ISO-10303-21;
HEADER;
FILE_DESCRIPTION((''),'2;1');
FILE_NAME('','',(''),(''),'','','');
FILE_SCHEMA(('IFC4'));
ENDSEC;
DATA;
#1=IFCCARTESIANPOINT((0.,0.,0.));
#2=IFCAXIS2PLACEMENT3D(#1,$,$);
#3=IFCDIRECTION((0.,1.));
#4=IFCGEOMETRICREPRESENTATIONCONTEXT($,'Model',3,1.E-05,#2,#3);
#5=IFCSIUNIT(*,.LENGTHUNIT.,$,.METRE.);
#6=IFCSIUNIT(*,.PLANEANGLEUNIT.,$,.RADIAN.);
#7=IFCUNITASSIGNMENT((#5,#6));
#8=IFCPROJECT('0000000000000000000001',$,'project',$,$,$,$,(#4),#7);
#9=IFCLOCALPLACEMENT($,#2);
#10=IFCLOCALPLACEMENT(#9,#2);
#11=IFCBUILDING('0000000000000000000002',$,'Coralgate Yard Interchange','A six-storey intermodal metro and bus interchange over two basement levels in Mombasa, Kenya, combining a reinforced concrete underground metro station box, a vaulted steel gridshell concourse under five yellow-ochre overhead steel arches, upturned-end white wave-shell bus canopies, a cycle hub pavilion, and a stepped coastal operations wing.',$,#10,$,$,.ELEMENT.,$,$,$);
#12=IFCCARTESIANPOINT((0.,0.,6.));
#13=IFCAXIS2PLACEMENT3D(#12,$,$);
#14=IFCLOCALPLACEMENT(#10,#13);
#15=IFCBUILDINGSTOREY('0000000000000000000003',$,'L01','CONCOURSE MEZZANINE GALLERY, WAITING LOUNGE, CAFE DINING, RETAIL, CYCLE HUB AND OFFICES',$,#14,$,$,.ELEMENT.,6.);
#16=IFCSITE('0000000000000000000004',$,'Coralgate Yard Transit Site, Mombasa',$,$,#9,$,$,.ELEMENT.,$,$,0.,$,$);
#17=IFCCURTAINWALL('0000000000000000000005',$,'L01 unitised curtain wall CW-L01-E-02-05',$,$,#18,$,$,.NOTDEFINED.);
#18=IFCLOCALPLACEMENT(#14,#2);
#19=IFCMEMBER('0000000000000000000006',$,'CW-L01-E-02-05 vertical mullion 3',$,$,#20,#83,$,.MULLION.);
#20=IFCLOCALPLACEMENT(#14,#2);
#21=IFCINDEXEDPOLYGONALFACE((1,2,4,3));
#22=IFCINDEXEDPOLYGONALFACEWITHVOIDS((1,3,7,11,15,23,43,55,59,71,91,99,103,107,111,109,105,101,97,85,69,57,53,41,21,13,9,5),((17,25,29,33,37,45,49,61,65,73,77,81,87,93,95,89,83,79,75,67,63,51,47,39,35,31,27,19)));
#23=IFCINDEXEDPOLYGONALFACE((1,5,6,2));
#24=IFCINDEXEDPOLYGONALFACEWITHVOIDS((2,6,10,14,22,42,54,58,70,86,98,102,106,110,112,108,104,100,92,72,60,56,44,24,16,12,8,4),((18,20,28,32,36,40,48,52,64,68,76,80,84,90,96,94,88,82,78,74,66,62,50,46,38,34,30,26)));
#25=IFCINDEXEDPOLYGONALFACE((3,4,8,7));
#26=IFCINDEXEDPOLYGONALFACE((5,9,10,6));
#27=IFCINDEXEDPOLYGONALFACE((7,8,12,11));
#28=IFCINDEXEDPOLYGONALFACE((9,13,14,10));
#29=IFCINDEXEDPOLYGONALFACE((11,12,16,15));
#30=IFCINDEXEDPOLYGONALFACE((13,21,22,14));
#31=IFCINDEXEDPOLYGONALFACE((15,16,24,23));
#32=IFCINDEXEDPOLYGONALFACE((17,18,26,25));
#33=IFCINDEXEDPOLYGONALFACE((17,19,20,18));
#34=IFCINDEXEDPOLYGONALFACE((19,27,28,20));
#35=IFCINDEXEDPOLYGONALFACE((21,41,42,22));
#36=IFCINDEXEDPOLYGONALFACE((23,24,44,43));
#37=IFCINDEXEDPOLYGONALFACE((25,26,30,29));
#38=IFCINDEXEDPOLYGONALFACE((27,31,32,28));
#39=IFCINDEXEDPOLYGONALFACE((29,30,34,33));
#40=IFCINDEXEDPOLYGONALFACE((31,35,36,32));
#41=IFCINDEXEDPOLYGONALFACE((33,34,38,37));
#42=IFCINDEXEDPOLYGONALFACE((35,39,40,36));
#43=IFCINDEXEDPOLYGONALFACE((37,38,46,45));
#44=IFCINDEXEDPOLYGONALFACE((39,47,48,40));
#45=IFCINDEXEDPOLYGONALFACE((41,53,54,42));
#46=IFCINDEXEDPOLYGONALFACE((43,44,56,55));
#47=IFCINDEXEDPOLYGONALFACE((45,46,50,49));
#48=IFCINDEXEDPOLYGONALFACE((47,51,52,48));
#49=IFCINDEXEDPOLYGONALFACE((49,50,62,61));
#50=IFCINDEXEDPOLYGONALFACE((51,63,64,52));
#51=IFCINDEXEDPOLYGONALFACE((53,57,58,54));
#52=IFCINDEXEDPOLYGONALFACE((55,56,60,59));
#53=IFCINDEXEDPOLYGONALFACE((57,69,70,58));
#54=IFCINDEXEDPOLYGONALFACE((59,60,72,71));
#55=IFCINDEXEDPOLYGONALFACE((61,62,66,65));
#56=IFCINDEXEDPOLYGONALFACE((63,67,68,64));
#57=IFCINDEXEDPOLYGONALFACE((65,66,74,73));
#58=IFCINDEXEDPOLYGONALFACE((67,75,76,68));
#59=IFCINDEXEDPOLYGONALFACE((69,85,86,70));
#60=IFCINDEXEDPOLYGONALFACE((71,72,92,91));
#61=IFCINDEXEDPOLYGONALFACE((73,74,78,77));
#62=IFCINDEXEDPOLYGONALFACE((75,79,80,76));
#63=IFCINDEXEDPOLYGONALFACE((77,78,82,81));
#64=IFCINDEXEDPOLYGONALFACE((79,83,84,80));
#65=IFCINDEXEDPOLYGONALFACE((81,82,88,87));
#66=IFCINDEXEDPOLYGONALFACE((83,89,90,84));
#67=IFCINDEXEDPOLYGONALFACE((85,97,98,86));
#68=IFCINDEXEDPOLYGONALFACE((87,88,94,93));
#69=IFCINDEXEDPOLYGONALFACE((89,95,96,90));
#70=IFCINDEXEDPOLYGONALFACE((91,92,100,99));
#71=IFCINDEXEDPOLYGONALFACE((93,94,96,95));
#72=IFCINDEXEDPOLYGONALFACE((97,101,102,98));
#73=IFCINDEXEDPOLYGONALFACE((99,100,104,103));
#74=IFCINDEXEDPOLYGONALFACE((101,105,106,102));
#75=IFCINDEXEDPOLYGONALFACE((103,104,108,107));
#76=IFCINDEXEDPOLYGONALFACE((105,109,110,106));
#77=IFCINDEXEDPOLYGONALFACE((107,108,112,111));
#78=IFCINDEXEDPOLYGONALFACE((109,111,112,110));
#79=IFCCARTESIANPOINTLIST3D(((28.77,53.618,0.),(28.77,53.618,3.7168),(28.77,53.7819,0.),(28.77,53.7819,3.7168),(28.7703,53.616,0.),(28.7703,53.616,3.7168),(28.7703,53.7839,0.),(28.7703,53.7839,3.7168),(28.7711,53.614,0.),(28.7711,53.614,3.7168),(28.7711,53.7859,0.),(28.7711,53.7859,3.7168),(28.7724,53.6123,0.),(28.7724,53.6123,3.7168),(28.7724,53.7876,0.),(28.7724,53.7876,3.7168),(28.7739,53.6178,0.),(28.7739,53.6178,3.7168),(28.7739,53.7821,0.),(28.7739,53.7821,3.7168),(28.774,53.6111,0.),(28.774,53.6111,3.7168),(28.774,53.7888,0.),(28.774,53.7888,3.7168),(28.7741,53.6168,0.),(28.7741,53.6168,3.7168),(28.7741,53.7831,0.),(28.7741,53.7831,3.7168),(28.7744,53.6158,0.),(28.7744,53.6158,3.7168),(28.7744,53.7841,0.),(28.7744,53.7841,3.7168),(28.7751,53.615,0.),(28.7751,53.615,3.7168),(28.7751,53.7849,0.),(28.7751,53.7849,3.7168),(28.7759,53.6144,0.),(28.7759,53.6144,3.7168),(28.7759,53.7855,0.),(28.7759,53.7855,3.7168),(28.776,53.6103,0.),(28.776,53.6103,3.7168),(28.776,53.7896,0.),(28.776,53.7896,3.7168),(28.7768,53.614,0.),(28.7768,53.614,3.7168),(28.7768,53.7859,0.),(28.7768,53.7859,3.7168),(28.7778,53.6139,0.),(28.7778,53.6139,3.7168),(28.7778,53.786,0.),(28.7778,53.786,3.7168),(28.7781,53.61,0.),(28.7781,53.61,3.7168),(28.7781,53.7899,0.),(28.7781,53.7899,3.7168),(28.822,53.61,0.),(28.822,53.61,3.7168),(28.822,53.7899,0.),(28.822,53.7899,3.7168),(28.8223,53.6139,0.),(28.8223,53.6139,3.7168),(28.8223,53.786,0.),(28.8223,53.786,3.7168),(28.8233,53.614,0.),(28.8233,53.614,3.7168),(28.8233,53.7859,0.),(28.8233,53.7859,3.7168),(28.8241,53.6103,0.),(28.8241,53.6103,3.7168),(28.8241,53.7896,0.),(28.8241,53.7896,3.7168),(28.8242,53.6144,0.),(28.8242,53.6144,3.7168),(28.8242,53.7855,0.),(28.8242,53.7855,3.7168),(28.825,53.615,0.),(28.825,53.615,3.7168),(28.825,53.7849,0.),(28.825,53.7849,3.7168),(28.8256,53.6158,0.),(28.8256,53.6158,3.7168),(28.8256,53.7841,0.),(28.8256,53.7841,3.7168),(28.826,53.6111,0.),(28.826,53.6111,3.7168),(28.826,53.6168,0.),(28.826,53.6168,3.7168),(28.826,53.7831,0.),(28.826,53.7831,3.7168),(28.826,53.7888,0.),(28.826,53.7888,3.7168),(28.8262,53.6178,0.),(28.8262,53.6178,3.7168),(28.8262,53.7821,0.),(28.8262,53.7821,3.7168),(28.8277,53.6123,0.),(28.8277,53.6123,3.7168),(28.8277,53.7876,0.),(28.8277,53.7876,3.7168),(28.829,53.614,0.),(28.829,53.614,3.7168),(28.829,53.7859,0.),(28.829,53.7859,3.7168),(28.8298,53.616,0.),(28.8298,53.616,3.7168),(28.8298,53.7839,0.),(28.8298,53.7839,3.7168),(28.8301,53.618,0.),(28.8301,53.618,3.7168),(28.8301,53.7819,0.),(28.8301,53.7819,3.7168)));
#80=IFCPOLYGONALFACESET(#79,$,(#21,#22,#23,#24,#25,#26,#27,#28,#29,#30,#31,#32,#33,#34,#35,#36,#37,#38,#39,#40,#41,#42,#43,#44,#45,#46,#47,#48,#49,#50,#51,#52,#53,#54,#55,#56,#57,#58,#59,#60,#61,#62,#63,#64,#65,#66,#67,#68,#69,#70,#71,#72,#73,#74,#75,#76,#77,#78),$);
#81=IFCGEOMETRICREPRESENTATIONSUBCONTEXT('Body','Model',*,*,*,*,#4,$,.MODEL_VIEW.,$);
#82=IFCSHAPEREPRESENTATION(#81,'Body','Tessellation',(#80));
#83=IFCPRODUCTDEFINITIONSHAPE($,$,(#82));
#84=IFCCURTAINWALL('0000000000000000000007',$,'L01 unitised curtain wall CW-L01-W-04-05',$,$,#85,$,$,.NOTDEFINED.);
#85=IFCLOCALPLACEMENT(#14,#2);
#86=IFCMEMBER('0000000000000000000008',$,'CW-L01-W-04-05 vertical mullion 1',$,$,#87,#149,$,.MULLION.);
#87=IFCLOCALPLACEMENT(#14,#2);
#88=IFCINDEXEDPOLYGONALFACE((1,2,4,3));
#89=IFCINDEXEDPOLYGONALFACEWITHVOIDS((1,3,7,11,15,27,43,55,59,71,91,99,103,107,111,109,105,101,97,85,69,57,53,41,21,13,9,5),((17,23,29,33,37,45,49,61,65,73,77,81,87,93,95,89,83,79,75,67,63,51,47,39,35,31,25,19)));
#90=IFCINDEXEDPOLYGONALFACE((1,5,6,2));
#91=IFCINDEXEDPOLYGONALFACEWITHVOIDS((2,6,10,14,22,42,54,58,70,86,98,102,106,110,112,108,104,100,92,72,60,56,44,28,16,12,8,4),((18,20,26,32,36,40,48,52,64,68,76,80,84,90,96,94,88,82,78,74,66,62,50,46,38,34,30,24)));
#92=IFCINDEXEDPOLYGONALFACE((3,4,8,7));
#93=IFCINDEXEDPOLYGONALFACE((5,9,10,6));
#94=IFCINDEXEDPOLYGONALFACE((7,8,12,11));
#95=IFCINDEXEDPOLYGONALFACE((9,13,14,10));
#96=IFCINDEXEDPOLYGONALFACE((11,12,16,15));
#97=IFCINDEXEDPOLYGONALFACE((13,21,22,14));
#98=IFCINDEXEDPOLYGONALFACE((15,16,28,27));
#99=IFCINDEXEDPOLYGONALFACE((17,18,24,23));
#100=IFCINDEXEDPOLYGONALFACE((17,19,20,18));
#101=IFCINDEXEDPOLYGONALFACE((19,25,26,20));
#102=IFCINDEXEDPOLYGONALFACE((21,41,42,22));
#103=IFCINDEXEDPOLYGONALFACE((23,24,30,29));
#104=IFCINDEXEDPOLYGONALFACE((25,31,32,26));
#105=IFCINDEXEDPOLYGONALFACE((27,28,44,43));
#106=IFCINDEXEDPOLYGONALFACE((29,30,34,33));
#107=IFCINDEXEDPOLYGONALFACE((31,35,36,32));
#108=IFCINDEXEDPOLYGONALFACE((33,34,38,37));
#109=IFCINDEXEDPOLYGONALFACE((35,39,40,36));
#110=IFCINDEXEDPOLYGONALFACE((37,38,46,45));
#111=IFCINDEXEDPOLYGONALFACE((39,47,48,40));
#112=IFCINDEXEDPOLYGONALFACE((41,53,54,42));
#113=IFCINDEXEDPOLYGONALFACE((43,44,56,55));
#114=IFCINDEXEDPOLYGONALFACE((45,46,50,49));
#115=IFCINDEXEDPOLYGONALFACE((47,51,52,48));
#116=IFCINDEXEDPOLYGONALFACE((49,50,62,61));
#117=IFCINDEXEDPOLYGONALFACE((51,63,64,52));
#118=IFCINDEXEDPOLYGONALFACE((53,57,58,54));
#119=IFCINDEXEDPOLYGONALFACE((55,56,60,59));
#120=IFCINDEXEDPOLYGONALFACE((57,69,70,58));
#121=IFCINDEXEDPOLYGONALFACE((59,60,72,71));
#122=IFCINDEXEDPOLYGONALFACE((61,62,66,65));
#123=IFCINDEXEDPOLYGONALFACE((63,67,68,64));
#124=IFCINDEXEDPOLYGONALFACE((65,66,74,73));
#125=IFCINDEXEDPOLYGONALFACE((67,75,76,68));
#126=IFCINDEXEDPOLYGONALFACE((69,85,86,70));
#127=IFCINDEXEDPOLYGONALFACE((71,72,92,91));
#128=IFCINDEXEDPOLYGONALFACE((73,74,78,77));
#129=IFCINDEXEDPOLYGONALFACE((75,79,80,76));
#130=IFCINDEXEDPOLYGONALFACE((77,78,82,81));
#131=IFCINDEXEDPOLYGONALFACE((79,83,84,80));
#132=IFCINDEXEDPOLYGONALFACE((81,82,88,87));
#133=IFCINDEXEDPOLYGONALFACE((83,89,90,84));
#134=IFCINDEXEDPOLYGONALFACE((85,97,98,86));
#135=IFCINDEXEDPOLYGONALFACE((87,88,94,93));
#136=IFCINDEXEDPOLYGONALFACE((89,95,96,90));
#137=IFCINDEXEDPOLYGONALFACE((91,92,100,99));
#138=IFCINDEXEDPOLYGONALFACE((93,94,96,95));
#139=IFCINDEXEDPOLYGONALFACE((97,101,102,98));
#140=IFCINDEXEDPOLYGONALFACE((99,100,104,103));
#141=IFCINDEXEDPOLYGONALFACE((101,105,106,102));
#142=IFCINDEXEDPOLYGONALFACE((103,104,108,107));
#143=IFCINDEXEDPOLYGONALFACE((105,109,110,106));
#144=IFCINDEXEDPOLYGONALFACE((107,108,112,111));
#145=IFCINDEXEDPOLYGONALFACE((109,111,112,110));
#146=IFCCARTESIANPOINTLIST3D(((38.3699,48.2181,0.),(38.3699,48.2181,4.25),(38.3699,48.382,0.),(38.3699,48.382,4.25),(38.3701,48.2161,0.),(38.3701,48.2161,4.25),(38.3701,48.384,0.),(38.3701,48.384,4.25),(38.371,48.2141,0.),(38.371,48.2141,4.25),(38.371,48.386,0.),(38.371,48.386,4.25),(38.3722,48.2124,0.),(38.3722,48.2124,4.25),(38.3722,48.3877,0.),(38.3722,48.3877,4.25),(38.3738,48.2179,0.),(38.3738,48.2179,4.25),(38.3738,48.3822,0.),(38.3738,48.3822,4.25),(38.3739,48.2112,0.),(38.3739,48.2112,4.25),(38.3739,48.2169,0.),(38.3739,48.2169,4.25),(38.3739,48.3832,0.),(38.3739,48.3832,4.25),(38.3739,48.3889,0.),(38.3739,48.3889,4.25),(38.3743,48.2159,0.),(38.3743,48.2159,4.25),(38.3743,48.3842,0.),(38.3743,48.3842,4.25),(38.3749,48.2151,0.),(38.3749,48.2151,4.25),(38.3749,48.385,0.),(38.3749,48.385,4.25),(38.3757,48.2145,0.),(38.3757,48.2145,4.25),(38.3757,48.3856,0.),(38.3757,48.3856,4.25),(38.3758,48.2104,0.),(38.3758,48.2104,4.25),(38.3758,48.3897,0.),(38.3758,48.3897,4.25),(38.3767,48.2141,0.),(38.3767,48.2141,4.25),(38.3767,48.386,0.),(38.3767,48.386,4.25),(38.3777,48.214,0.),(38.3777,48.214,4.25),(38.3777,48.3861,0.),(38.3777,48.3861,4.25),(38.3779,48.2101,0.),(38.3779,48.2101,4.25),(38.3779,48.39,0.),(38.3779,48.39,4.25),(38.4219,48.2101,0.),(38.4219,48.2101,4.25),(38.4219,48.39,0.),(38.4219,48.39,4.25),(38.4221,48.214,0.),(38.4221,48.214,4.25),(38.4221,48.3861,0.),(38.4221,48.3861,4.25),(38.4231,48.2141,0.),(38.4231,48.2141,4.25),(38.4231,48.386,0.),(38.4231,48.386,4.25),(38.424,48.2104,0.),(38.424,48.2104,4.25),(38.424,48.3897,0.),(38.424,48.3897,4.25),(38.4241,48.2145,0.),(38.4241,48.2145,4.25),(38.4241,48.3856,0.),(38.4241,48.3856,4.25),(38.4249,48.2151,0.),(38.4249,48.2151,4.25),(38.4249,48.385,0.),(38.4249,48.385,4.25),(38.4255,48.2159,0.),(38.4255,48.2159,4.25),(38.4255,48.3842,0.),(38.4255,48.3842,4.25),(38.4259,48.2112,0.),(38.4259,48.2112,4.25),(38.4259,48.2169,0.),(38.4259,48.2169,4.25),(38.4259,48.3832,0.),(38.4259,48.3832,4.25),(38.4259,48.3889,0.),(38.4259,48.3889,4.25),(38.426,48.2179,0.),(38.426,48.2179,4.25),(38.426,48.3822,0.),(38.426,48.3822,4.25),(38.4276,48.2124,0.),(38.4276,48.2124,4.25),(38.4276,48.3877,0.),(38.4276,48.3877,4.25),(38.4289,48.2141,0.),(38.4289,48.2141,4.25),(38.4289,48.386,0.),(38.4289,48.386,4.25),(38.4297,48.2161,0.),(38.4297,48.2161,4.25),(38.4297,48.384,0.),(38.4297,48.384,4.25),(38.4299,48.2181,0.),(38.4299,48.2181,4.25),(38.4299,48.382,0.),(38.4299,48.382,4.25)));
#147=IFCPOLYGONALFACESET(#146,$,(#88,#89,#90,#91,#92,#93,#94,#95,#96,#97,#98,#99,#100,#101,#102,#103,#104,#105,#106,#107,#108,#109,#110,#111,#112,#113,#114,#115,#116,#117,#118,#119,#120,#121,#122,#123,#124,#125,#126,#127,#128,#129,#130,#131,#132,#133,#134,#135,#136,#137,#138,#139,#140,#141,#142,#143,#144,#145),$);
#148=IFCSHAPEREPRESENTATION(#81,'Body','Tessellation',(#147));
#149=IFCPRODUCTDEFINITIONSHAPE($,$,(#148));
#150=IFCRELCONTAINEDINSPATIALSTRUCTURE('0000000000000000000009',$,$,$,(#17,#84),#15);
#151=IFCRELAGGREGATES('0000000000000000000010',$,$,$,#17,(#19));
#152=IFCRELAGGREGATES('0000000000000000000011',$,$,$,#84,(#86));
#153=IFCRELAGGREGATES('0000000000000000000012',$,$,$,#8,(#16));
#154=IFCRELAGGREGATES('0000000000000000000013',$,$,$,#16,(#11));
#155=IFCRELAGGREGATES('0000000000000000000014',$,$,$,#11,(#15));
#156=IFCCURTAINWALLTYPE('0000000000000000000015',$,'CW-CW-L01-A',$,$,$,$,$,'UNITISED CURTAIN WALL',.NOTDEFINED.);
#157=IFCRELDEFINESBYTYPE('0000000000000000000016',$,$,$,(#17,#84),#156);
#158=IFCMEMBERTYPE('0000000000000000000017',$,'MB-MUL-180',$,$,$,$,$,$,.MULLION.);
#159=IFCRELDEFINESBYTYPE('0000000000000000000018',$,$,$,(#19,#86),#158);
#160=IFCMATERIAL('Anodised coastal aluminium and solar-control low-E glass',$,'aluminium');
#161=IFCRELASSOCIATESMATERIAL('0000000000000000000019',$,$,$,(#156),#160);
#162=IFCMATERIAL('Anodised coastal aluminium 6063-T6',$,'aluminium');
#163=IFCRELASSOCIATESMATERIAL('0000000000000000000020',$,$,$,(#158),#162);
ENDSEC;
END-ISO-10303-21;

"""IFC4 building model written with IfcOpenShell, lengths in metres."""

from ifc_helpers import new_model, si_unit, direction, frame, origin, origin_2d, place, context, subcontext, project, spatial, hollow_rectangle, extrude, material, material_profile, profile_set, type_object, element, aggregate, save


model = new_model("IFC4")

# Units and contexts
model_context = context("Model", 3, precision=1e-05, world=origin(), true_north=direction((0.0, 1.0)))
body_context = subcontext(model_context, "Body", "Model", "MODEL_VIEW")
ifc_project = project(units=[si_unit("LENGTHUNIT", "METRE"), si_unit("PLANEANGLEUNIT", "RADIAN")], contexts=[model_context])

# Site, building, storey
site_placement = place(None, origin())
site = spatial("IfcSite", under=ifc_project, at=site_placement, Name="Coralgate Yard Transit Site, Mombasa", CompositionType="ELEMENT", RefElevation=0.0)
building_placement = place(site_placement, origin())
building = spatial("IfcBuilding", under=site, at=building_placement, Name="Coralgate Yard Interchange", Description="A six-storey intermodal metro and bus interchange over two basement levels in Mombasa, Kenya, combining a reinforced concrete underground metro station box, a vaulted steel gridshell concourse under five yellow-ochre overhead steel arches, upturned-end white wave-shell bus canopies, a cycle hub pavilion, and a stepped coastal operations wing.", CompositionType="ELEMENT")
storey_placement = place(building_placement, frame((0.0, 0.0, 6.0)))
storey = spatial("IfcBuildingStorey", under=building, at=storey_placement, Name="L01", Description="CONCOURSE MEZZANINE GALLERY, WAITING LOUNGE, CAFE DINING, RETAIL, CYCLE HUB AND OFFICES", CompositionType="ELEMENT", Elevation=6.0)

# Curtain walls, members
ifc_material_1 = material(Name="Anodised coastal aluminium and solar-control low-E glass", Category="aluminium")
curtain_wall_type = type_object("IfcCurtainWallType", Name="CW-CW-L01-A", ElementType="UNITISED CURTAIN WALL", PredefinedType="NOTDEFINED", material=ifc_material_1)
curtain_wall_1_placement = place(storey_placement, origin())
curtain_wall_1 = element("IfcCurtainWall", 1, at=curtain_wall_1_placement, inside=storey, type_object=curtain_wall_type, Name="L01 unitised curtain wall CW-L01-E-02-05", PredefinedType="NOTDEFINED")
ifc_material_2 = material(Name="Anodised coastal aluminium 6063-T6", Category="aluminium")
ifc_material_profile_1 = material_profile(ifc_material_2, hollow_rectangle(XDim=0.0601, YDim=0.1799, WallThickness=0.0039, InnerFilletRadius=0.0039, OuterFilletRadius=0.0081, at=origin_2d()), Name="ALU 60x180x4")
ifc_profile_set_1 = profile_set([ifc_material_profile_1], Name="Anodised coastal aluminium 6063-T6")
member_type_1 = type_object("IfcMemberType", Name="MB-MUL-180", PredefinedType="MULLION", material=ifc_profile_set_1)
member_1_placement = place(storey_placement, frame((28.8, 53.7, 0.0), z_axis=(0.0, 0.0, 1.0), x_axis=(1.0, 0.0, 0.0)))
member_1 = element("IfcMember", 2, at=member_1_placement, type_object=member_type_1, Name="CW-L01-E-02-05 vertical mullion 3", PredefinedType="MULLION", context=body_context, shape_type="SweptSolid", body=[
    extrude(hollow_rectangle(XDim=0.0601, YDim=0.1799, WallThickness=0.0039, InnerFilletRadius=0.0039, OuterFilletRadius=0.0081, at=origin_2d()), origin(), (0.0, 0.0, 1.0), 3.7168),
])
curtain_wall_2_placement = place(storey_placement, origin())
curtain_wall_2 = element("IfcCurtainWall", 3, at=curtain_wall_2_placement, inside=storey, type_object=curtain_wall_type, Name="L01 unitised curtain wall CW-L01-W-04-05", PredefinedType="NOTDEFINED")
member_2_placement = place(storey_placement, frame((38.3999, 48.3, 0.0), z_axis=(0.0, 0.0, 1.0), x_axis=(1.0, 0.0, 0.0)))
member_2 = element("IfcMember", 4, at=member_2_placement, type_object=member_type_1, Name="CW-L01-W-04-05 vertical mullion 1", PredefinedType="MULLION", context=body_context, shape_type="SweptSolid", body=[
    extrude(hollow_rectangle(XDim=0.0601, YDim=0.1799, WallThickness=0.0039, InnerFilletRadius=0.0039, OuterFilletRadius=0.0081, at=origin_2d()), origin(), (0.0, 0.0, 1.0), 4.25),
])

aggregate(curtain_wall_1, [member_1])
aggregate(curtain_wall_2, [member_2])

save(model, "model.ifc")
